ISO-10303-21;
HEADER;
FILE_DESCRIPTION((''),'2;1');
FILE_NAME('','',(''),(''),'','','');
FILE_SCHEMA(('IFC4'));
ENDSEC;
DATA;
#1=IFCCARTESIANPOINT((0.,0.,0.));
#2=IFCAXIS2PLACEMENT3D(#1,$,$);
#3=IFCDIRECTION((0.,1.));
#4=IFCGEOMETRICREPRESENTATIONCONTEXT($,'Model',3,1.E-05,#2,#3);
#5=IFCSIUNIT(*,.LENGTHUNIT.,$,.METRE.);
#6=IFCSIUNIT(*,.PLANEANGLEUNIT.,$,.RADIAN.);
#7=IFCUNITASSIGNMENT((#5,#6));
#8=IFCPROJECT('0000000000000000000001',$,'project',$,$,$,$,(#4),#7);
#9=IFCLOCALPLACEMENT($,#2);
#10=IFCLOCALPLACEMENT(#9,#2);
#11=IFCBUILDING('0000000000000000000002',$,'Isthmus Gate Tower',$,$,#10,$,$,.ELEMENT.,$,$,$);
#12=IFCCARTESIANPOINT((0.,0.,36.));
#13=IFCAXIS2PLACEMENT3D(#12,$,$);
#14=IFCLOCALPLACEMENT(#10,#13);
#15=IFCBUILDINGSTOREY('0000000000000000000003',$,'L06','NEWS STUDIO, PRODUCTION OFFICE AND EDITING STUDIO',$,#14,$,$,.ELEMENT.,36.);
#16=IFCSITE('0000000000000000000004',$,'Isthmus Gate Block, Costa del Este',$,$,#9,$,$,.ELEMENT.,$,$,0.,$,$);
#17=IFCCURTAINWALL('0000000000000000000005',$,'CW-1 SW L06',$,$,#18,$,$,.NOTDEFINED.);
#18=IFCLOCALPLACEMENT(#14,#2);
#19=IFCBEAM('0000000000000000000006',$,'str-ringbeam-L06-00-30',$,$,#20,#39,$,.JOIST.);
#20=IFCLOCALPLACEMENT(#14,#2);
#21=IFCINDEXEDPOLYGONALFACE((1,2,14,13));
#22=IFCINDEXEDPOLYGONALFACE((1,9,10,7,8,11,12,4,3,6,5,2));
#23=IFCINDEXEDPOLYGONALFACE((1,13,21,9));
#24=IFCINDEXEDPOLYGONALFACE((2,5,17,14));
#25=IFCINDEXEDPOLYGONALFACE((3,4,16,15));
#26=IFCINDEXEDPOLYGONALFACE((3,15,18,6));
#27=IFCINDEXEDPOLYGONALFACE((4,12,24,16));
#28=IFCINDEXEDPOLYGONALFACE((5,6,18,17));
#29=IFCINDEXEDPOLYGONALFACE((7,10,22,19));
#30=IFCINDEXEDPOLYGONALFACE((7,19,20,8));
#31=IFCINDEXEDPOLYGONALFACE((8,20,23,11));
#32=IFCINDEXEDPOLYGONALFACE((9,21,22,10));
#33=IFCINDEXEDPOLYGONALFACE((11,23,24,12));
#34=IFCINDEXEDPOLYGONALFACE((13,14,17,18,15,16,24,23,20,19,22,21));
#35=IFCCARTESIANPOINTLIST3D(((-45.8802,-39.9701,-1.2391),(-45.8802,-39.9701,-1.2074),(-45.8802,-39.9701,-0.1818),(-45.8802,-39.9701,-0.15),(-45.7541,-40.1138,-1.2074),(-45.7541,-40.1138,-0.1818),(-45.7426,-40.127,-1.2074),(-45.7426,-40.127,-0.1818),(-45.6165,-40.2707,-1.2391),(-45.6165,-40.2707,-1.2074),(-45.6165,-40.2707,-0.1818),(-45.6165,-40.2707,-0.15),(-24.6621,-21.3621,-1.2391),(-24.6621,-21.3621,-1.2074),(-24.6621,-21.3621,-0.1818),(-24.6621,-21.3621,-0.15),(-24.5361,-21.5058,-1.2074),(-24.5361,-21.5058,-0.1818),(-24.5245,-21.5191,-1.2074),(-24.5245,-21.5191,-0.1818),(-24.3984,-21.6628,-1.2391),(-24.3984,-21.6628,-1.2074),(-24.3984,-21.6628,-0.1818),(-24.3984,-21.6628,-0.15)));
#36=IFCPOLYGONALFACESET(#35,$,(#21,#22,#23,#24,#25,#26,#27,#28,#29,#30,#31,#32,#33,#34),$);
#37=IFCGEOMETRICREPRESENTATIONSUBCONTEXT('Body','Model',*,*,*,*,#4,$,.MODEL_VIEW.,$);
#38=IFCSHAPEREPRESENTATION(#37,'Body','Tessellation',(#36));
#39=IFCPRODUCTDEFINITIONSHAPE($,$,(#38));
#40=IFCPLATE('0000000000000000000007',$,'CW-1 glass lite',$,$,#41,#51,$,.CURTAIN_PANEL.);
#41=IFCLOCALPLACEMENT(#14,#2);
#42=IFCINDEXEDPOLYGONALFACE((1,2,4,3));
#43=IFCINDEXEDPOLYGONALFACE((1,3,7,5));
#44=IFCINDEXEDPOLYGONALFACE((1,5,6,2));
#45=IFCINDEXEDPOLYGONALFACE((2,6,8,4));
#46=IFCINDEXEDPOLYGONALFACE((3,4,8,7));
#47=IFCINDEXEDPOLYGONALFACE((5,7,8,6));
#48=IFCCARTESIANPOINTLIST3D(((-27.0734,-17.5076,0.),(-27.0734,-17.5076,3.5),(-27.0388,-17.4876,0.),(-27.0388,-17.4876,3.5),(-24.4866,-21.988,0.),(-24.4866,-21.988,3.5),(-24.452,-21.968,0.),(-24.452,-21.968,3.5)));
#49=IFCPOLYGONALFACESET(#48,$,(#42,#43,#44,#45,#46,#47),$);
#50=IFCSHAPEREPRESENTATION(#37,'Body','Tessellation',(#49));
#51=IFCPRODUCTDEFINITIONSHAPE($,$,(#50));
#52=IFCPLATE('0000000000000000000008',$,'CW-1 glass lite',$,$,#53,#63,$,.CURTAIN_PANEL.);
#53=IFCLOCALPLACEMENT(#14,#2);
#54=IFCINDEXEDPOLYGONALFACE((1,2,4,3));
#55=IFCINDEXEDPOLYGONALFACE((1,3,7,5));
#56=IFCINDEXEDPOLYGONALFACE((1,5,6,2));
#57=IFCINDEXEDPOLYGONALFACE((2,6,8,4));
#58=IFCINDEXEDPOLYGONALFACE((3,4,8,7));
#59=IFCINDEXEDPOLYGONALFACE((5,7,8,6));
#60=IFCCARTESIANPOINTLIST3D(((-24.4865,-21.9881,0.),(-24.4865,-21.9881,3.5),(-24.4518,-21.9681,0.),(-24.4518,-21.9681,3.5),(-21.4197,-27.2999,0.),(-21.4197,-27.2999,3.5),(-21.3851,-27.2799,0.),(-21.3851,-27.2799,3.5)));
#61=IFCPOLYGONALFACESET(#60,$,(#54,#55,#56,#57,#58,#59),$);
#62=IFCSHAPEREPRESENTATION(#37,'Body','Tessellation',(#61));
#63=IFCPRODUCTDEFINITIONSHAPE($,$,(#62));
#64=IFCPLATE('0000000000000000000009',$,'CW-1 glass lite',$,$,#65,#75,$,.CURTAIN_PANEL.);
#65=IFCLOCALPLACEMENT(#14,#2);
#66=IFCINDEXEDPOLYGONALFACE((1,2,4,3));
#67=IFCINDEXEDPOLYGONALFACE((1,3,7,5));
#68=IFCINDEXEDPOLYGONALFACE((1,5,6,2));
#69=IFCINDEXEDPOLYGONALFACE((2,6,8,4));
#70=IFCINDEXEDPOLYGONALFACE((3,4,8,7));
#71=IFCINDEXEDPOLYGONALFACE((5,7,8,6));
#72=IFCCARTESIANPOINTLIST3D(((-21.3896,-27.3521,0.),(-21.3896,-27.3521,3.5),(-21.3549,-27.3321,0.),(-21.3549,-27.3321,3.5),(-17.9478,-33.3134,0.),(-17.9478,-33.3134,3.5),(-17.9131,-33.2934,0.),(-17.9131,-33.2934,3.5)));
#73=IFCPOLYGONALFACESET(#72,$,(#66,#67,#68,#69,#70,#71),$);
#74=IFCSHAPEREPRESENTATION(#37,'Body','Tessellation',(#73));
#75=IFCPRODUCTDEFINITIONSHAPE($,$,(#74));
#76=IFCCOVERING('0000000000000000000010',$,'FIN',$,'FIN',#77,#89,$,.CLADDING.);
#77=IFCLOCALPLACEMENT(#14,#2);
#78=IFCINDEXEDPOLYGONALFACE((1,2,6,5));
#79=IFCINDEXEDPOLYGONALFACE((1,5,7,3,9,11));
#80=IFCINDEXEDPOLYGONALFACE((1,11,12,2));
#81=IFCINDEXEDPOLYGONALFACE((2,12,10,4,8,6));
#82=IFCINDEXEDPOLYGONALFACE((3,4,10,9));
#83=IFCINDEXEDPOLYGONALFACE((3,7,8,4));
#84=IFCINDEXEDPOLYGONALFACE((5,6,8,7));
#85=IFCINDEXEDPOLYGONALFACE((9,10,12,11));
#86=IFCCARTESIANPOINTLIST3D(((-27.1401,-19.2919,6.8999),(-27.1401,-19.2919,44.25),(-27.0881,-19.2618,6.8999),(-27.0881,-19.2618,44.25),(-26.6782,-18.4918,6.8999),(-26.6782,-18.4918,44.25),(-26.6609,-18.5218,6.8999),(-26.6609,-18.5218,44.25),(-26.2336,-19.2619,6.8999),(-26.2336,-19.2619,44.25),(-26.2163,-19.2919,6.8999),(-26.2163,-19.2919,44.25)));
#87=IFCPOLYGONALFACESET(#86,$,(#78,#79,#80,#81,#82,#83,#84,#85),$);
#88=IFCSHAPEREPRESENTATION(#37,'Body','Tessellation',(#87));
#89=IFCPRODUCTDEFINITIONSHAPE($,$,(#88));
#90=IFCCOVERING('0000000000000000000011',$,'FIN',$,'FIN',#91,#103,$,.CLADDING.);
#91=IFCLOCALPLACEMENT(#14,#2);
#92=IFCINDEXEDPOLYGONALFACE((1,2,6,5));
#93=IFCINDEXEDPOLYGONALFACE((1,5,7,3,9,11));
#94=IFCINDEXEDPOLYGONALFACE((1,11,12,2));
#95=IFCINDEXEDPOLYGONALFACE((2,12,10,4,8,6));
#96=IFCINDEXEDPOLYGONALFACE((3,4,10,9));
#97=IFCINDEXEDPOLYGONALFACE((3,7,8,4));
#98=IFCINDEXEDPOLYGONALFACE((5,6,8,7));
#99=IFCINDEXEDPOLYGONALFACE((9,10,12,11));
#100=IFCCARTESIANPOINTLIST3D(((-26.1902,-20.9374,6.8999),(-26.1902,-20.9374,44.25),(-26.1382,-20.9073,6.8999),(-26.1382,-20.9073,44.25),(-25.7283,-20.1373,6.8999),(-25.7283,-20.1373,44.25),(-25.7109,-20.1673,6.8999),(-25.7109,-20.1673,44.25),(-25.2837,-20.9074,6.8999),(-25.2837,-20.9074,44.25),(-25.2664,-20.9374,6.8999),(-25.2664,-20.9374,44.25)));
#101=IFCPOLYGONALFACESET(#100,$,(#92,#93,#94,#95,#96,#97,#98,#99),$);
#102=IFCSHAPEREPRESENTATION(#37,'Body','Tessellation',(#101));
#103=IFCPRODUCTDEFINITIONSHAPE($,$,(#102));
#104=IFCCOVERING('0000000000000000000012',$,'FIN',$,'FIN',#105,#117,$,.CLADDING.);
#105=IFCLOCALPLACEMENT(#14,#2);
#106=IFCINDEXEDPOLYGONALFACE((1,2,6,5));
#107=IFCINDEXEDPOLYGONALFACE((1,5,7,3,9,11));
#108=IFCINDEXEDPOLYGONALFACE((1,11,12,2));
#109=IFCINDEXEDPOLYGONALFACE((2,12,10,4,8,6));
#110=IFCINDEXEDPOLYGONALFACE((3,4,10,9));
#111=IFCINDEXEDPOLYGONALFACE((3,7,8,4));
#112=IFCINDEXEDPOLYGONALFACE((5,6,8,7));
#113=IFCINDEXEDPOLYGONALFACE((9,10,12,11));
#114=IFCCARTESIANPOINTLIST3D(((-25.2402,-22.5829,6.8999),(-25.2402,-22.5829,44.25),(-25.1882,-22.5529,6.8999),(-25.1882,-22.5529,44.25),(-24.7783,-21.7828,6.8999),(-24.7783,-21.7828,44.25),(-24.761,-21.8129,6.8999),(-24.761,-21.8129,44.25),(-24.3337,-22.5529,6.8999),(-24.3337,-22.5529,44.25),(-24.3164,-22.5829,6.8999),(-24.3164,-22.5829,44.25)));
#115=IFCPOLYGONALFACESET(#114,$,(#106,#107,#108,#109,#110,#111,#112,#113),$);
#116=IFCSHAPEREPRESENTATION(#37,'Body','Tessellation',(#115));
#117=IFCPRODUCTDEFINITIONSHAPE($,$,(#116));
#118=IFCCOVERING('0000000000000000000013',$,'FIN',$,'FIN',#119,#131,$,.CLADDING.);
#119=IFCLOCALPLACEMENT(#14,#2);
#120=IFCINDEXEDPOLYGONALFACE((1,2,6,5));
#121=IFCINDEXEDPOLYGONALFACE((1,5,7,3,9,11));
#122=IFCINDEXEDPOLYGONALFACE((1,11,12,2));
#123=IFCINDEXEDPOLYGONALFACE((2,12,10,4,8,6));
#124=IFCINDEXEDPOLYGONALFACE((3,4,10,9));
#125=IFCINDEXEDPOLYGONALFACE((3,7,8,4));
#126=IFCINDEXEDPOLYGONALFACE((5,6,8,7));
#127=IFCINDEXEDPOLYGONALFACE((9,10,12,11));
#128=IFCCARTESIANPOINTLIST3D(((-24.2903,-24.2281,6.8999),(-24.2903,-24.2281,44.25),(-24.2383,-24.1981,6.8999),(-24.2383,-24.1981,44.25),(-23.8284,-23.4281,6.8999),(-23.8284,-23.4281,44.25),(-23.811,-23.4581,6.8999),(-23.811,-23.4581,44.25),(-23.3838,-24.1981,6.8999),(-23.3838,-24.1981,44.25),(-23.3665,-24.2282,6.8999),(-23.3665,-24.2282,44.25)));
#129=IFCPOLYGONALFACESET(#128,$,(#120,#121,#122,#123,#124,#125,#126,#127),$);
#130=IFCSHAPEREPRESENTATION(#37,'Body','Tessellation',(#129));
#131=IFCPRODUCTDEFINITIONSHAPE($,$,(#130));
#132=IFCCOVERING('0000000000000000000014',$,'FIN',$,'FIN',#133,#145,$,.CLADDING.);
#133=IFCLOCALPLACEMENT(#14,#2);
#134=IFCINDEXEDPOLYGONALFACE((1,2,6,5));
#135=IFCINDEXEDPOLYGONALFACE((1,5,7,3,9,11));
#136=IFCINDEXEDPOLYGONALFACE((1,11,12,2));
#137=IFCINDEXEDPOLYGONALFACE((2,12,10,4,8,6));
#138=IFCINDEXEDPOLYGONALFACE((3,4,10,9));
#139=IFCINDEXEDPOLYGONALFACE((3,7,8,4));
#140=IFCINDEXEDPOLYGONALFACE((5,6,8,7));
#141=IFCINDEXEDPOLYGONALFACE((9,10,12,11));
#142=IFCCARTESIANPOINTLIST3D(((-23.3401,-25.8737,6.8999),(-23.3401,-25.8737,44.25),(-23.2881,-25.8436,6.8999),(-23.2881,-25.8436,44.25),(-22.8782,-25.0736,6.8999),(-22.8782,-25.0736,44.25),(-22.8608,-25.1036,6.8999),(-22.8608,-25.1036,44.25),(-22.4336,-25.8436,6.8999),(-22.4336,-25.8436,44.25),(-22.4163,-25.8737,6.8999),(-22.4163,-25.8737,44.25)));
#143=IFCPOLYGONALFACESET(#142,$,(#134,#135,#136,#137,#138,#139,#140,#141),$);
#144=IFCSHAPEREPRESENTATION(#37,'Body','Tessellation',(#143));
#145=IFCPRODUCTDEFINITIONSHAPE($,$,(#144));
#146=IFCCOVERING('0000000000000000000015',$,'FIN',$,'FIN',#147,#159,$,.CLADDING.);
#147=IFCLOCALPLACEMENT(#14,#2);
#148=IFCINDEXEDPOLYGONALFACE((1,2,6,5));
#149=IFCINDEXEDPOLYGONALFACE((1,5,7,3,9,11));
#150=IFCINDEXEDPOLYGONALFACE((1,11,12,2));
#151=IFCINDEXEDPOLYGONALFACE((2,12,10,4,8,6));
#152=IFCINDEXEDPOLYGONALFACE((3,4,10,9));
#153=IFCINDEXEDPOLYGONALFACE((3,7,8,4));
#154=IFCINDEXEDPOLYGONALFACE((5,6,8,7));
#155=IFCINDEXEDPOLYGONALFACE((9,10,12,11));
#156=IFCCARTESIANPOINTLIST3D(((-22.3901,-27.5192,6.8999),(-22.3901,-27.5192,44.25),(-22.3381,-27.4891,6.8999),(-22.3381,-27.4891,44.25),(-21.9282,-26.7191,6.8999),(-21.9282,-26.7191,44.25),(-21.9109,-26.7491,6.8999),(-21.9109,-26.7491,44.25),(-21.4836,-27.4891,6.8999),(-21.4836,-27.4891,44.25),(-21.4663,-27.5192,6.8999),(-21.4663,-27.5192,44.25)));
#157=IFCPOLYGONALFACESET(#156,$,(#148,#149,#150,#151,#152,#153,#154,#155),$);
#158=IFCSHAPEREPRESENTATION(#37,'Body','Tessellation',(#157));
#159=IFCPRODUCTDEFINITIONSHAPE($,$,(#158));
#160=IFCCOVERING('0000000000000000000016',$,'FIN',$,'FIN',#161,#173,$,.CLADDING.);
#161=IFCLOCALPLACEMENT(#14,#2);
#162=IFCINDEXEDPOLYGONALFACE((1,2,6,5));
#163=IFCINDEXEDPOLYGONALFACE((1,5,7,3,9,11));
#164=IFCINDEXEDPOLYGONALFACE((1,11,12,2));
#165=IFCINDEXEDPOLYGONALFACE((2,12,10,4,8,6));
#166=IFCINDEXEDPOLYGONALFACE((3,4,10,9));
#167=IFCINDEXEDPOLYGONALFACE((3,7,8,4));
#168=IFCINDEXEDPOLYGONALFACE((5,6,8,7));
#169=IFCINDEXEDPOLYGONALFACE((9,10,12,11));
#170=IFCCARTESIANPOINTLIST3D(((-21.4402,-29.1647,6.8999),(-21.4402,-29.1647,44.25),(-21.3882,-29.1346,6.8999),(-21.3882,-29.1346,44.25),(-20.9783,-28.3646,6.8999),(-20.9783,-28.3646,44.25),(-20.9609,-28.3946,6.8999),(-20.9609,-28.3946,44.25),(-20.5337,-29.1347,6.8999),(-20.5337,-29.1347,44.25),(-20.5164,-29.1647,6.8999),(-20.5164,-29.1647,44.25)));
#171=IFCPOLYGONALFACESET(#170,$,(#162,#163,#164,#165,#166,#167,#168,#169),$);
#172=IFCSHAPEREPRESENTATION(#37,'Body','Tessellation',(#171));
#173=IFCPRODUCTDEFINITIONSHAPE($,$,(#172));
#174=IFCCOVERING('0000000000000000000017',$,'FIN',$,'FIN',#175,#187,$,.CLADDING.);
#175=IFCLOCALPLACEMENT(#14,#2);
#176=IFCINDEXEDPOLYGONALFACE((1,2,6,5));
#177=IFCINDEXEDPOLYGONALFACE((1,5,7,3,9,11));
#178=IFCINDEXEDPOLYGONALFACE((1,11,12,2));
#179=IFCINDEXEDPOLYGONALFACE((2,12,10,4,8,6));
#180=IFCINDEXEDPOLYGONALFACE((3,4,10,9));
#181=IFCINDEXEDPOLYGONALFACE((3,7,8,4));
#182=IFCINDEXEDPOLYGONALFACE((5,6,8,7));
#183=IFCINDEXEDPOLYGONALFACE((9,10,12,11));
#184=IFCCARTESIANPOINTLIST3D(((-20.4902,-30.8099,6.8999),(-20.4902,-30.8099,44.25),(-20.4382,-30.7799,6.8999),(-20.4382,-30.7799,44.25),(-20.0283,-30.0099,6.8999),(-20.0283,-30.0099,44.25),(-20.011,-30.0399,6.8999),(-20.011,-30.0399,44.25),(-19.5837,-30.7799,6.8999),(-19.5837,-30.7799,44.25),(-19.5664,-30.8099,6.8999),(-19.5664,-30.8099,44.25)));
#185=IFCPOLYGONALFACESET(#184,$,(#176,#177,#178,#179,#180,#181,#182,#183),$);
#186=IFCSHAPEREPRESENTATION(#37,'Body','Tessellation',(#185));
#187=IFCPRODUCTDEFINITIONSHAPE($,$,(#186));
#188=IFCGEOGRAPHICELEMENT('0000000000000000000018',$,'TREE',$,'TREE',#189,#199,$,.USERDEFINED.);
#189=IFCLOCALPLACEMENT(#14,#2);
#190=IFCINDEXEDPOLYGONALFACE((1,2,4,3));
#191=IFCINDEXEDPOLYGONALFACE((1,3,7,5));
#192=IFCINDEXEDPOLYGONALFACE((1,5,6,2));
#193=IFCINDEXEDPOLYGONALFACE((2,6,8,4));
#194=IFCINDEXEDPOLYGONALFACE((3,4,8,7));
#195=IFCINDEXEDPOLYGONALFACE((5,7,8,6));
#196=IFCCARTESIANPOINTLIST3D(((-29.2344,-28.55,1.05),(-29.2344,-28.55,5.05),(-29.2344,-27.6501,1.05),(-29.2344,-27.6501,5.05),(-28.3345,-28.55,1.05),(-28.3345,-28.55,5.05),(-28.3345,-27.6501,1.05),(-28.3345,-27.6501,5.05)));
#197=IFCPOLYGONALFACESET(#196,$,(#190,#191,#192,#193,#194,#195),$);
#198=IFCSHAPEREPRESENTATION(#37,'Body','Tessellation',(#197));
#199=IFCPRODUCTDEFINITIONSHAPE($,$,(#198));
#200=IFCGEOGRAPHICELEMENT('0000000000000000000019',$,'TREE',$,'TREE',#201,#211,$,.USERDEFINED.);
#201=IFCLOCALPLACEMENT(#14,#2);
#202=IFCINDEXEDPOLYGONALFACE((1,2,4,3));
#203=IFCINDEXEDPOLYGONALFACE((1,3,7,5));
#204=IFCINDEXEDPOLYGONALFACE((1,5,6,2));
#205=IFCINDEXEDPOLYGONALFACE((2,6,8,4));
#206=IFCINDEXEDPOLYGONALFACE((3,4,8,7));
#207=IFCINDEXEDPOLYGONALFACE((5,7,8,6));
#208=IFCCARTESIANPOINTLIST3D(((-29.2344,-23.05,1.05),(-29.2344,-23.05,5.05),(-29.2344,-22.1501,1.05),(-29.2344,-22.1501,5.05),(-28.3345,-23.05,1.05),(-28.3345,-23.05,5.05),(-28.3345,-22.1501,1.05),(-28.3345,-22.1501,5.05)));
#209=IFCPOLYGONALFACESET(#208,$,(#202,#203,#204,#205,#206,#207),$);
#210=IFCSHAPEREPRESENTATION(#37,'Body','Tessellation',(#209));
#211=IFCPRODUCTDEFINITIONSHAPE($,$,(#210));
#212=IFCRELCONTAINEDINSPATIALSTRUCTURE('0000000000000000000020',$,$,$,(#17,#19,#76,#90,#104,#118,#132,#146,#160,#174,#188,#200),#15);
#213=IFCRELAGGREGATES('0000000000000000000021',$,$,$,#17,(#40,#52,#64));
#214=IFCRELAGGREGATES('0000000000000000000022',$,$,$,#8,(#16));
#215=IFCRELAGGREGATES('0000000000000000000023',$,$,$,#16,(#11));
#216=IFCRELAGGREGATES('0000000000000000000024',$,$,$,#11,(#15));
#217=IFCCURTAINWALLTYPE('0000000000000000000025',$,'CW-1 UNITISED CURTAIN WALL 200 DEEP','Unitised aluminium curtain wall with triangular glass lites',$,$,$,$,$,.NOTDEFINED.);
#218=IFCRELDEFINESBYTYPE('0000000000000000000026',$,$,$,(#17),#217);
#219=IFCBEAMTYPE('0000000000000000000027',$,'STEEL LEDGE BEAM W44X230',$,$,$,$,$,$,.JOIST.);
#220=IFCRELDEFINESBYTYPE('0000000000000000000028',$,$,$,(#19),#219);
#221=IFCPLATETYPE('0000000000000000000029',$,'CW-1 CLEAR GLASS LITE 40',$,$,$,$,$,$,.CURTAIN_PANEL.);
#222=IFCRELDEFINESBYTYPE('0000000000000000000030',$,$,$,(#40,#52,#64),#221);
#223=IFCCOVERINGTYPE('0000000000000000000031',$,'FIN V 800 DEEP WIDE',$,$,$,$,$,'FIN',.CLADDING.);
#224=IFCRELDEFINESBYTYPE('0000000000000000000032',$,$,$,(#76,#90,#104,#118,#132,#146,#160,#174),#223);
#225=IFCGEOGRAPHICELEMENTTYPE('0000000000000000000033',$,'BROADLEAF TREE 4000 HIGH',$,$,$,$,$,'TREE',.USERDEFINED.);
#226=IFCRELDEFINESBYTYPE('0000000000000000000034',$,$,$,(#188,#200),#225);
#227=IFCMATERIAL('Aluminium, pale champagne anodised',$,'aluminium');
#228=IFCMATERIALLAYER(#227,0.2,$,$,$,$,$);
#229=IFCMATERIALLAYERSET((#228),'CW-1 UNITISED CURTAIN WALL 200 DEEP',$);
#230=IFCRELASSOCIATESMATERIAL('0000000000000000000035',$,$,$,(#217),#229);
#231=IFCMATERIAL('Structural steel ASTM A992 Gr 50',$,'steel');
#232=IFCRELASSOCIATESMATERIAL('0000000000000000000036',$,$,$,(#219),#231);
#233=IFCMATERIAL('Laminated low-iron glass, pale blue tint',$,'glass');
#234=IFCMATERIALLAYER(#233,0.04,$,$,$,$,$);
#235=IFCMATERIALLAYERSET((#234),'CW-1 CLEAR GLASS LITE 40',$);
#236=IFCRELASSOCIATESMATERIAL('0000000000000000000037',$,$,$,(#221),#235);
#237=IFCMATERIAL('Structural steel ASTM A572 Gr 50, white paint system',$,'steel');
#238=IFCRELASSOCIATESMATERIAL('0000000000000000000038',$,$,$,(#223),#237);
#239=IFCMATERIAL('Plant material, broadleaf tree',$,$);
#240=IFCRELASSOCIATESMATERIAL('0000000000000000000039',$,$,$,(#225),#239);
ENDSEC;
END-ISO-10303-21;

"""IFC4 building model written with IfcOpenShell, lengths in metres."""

from ifc_helpers import new_model, si_unit, direction, frame, origin, origin_2d, place, context, subcontext, project, spatial, polyline, rectangle, i_section, outline, extrude, material, layer, layer_set, material_profile, profile_set, type_object, element, aggregate, save


model = new_model("IFC4")

# Units and contexts
model_context = context("Model", 3, precision=1e-05, world=origin(), true_north=direction((0.0, 1.0)))
body_context = subcontext(model_context, "Body", "Model", "MODEL_VIEW")
ifc_project = project(units=[si_unit("LENGTHUNIT", "METRE"), si_unit("PLANEANGLEUNIT", "RADIAN")], contexts=[model_context])

# Site, building, storey
site_placement = place(None, origin())
site = spatial("IfcSite", under=ifc_project, at=site_placement, Name="Isthmus Gate Block, Costa del Este", CompositionType="ELEMENT", RefElevation=0.0)
building_placement = place(site_placement, origin())
building = spatial("IfcBuilding", under=site, at=building_placement, Name="Isthmus Gate Tower", CompositionType="ELEMENT")
storey_placement = place(building_placement, frame((0.0, 0.0, 36.0)))
storey = spatial("IfcBuildingStorey", under=building, at=storey_placement, Name="L06", Description="NEWS STUDIO, PRODUCTION OFFICE AND EDITING STUDIO", CompositionType="ELEMENT", Elevation=36.0)

# Curtain wall
ifc_material_1 = material(Name="Aluminium, pale champagne anodised", Category="aluminium")
ifc_layer_1 = layer(ifc_material_1, 0.2)
ifc_layer_set_1 = layer_set([ifc_layer_1], Name="CW-1 UNITISED CURTAIN WALL 200 DEEP")
curtain_wall_type = type_object("IfcCurtainWallType", Name="CW-1 UNITISED CURTAIN WALL 200 DEEP", Description="Unitised aluminium curtain wall with triangular glass lites", PredefinedType="NOTDEFINED", material=ifc_layer_set_1)
curtain_wall_placement = place(storey_placement, origin())
curtain_wall = element("IfcCurtainWall", 1, at=curtain_wall_placement, inside=storey, type_object=curtain_wall_type, Name="CW-1 SW L06", PredefinedType="NOTDEFINED")

# Beam
ifc_material_2 = material(Name="Structural steel ASTM A992 Gr 50", Category="steel")
ifc_material_profile_1 = material_profile(ifc_material_2, i_section(OverallWidth=0.3999, OverallDepth=1.0891, WebThickness=0.0176, FlangeThickness=0.0317, at=origin_2d()), Name="W44X230")
ifc_profile_set_1 = profile_set([ifc_material_profile_1], Name="Structural steel ASTM A992 Gr 50")
beam_type_1 = type_object("IfcBeamType", Name="STEEL LEDGE BEAM W44X230", PredefinedType="JOIST", material=ifc_profile_set_1)
beam_1_placement = place(storey_placement, frame((-24.5303, -21.5125, -0.6946), z_axis=(-0.751836, -0.65935, 0.0), x_axis=(0.65935, -0.751836, 0.0)))
element("IfcBeam", 2, at=beam_1_placement, inside=storey, type_object=beam_type_1, Name="str-ringbeam-L06-00-30", PredefinedType="JOIST", context=body_context, shape_type="SweptSolid", body=[
    extrude(i_section(OverallWidth=0.3999, OverallDepth=1.0891, WebThickness=0.0176, FlangeThickness=0.0317, at=origin_2d()), origin(), (0.0, 0.0, 1.0), 28.2217),
])

# Plates
ifc_material_3 = material(Name="Laminated low-iron glass, pale blue tint", Category="glass")
ifc_layer_2 = layer(ifc_material_3, 0.04)
ifc_layer_set_2 = layer_set([ifc_layer_2], Name="CW-1 CLEAR GLASS LITE 40")
plate_type = type_object("IfcPlateType", Name="CW-1 CLEAR GLASS LITE 40", PredefinedType="CURTAIN_PANEL", material=ifc_layer_set_2)
plate_1_placement = place(storey_placement, frame((-25.7627, -19.7378, 0.0), z_axis=(0.0, 0.0, 1.0), x_axis=(0.5, -0.866025, 0.0)))
plate_1 = element("IfcPlate", 3, at=plate_1_placement, type_object=plate_type, Name="CW-1 glass lite", PredefinedType="CURTAIN_PANEL", context=body_context, shape_type="SweptSolid", body=[
    extrude(rectangle(XDim=5.1736, YDim=0.04, at=origin_2d()), origin(), (0.0, 0.0, 1.0), 3.5),
])
plate_2_placement = place(storey_placement, frame((-22.9358, -24.634, 0.0), z_axis=(0.0, 0.0, 1.0), x_axis=(0.5, -0.866025, 0.0)))
plate_2 = element("IfcPlate", 4, at=plate_2_placement, type_object=plate_type, Name="CW-1 glass lite", PredefinedType="CURTAIN_PANEL", context=body_context, shape_type="SweptSolid", body=[
    extrude(rectangle(XDim=6.1335, YDim=0.04, at=origin_2d()), origin(), (0.0, 0.0, 1.0), 3.5),
])
plate_3_placement = place(storey_placement, frame((-19.6514, -30.3228, 0.0), z_axis=(0.0, 0.0, 1.0), x_axis=(0.5, -0.866025, 0.0)))
plate_3 = element("IfcPlate", 5, at=plate_3_placement, type_object=plate_type, Name="CW-1 glass lite", PredefinedType="CURTAIN_PANEL", context=body_context, shape_type="SweptSolid", body=[
    extrude(rectangle(XDim=6.8835, YDim=0.04, at=origin_2d()), origin(), (0.0, 0.0, 1.0), 3.5),
])
aggregate(curtain_wall, [plate_1, plate_2, plate_3])

# Coverings
ifc_material_4 = material(Name="Structural steel ASTM A572 Gr 50, white paint system", Category="steel")
ifc_material_profile_2 = material_profile(ifc_material_4, outline(polyline([(0.0, -0.4619), (0.8, 0.0), (0.0, 0.4619), (0.0, 0.4272), (0.74, 0.0), (0.0, -0.4272), (0.0, -0.4619)])), Name="V800W")
ifc_profile_set_2 = profile_set([ifc_material_profile_2], Name="Structural steel ASTM A572 Gr 50, white paint system")
covering_type = type_object("IfcCoveringType", Name="FIN V 800 DEEP WIDE", ElementType="FIN", PredefinedType="CLADDING", material=ifc_profile_set_2)
for number, where, z_axis, x_axis, name in (
    (6, (-26.4473, -18.8918, 6.8999), (0.0, 0.0, 1.0), (-0.866025, -0.5, 0.0), "FIN"),
    (7, (-25.4973, -20.5374, 6.8999), (0.0, 0.0, 1.0), (-0.866025, -0.5, 0.0), "FIN"),
    (8, (-24.5474, -22.1829, 6.8999), (0.0, 0.0, 1.0), (-0.866025, -0.5, 0.0), "FIN"),
    (9, (-23.5974, -23.8281, 6.8999), (0.0, 0.0, 1.0), (-0.866025, -0.5, 0.0), "FIN"),
    (10, (-22.6472, -25.4736, 6.8999), (0.0, 0.0, 1.0), (-0.866025, -0.5, 0.0), "FIN"),
    (11, (-21.6973, -27.1191, 6.8999), (0.0, 0.0, 1.0), (-0.866025, -0.5, 0.0), "FIN"),
    (12, (-20.7473, -28.7646, 6.8999), (0.0, 0.0, 1.0), (-0.866025, -0.5, 0.0), "FIN"),
    (13, (-19.7974, -30.4099, 6.8999), (0.0, 0.0, 1.0), (-0.866025, -0.5, 0.0), "FIN"),
):
    element("IfcCovering", number, at=place(storey_placement, frame(where, z_axis=z_axis, x_axis=x_axis)), inside=storey, type_object=covering_type, Name=name, ObjectType="FIN", PredefinedType="CLADDING", context=body_context, shape_type="SweptSolid", body=[
        extrude(outline(polyline([(0.0, -0.4619), (0.8, 0.0), (0.0, 0.4619), (0.0, 0.4272), (0.74, 0.0), (0.0, -0.4272), (0.0, -0.4619)])), origin(), (0.0, 0.0, 1.0), 37.3501),
    ])

# Geographic elements
ifc_material_5 = material(Name="Plant material, broadleaf tree")
geographic_element_type = type_object("IfcGeographicElementType", Name="BROADLEAF TREE 4000 HIGH", ElementType="TREE", PredefinedType="USERDEFINED", material=ifc_material_5)
for number, where, z_axis, x_axis, name in (
    (14, (-28.7844, -28.1001, 1.05), (0.0, 0.0, 1.0), (1.0, 0.0, 0.0), "TREE"),
    (15, (-28.7844, -22.6001, 1.05), (0.0, 0.0, 1.0), (1.0, 0.0, 0.0), "TREE"),
):
    element("IfcGeographicElement", number, at=place(storey_placement, frame(where, z_axis=z_axis, x_axis=x_axis)), inside=storey, type_object=geographic_element_type, Name=name, ObjectType="TREE", PredefinedType="USERDEFINED", context=body_context, shape_type="SweptSolid", body=[
        extrude(rectangle(XDim=0.8999, YDim=0.8999, at=origin_2d()), origin(), (0.0, 0.0, 1.0), 4.0),
    ])

save(model, "model.ifc")
